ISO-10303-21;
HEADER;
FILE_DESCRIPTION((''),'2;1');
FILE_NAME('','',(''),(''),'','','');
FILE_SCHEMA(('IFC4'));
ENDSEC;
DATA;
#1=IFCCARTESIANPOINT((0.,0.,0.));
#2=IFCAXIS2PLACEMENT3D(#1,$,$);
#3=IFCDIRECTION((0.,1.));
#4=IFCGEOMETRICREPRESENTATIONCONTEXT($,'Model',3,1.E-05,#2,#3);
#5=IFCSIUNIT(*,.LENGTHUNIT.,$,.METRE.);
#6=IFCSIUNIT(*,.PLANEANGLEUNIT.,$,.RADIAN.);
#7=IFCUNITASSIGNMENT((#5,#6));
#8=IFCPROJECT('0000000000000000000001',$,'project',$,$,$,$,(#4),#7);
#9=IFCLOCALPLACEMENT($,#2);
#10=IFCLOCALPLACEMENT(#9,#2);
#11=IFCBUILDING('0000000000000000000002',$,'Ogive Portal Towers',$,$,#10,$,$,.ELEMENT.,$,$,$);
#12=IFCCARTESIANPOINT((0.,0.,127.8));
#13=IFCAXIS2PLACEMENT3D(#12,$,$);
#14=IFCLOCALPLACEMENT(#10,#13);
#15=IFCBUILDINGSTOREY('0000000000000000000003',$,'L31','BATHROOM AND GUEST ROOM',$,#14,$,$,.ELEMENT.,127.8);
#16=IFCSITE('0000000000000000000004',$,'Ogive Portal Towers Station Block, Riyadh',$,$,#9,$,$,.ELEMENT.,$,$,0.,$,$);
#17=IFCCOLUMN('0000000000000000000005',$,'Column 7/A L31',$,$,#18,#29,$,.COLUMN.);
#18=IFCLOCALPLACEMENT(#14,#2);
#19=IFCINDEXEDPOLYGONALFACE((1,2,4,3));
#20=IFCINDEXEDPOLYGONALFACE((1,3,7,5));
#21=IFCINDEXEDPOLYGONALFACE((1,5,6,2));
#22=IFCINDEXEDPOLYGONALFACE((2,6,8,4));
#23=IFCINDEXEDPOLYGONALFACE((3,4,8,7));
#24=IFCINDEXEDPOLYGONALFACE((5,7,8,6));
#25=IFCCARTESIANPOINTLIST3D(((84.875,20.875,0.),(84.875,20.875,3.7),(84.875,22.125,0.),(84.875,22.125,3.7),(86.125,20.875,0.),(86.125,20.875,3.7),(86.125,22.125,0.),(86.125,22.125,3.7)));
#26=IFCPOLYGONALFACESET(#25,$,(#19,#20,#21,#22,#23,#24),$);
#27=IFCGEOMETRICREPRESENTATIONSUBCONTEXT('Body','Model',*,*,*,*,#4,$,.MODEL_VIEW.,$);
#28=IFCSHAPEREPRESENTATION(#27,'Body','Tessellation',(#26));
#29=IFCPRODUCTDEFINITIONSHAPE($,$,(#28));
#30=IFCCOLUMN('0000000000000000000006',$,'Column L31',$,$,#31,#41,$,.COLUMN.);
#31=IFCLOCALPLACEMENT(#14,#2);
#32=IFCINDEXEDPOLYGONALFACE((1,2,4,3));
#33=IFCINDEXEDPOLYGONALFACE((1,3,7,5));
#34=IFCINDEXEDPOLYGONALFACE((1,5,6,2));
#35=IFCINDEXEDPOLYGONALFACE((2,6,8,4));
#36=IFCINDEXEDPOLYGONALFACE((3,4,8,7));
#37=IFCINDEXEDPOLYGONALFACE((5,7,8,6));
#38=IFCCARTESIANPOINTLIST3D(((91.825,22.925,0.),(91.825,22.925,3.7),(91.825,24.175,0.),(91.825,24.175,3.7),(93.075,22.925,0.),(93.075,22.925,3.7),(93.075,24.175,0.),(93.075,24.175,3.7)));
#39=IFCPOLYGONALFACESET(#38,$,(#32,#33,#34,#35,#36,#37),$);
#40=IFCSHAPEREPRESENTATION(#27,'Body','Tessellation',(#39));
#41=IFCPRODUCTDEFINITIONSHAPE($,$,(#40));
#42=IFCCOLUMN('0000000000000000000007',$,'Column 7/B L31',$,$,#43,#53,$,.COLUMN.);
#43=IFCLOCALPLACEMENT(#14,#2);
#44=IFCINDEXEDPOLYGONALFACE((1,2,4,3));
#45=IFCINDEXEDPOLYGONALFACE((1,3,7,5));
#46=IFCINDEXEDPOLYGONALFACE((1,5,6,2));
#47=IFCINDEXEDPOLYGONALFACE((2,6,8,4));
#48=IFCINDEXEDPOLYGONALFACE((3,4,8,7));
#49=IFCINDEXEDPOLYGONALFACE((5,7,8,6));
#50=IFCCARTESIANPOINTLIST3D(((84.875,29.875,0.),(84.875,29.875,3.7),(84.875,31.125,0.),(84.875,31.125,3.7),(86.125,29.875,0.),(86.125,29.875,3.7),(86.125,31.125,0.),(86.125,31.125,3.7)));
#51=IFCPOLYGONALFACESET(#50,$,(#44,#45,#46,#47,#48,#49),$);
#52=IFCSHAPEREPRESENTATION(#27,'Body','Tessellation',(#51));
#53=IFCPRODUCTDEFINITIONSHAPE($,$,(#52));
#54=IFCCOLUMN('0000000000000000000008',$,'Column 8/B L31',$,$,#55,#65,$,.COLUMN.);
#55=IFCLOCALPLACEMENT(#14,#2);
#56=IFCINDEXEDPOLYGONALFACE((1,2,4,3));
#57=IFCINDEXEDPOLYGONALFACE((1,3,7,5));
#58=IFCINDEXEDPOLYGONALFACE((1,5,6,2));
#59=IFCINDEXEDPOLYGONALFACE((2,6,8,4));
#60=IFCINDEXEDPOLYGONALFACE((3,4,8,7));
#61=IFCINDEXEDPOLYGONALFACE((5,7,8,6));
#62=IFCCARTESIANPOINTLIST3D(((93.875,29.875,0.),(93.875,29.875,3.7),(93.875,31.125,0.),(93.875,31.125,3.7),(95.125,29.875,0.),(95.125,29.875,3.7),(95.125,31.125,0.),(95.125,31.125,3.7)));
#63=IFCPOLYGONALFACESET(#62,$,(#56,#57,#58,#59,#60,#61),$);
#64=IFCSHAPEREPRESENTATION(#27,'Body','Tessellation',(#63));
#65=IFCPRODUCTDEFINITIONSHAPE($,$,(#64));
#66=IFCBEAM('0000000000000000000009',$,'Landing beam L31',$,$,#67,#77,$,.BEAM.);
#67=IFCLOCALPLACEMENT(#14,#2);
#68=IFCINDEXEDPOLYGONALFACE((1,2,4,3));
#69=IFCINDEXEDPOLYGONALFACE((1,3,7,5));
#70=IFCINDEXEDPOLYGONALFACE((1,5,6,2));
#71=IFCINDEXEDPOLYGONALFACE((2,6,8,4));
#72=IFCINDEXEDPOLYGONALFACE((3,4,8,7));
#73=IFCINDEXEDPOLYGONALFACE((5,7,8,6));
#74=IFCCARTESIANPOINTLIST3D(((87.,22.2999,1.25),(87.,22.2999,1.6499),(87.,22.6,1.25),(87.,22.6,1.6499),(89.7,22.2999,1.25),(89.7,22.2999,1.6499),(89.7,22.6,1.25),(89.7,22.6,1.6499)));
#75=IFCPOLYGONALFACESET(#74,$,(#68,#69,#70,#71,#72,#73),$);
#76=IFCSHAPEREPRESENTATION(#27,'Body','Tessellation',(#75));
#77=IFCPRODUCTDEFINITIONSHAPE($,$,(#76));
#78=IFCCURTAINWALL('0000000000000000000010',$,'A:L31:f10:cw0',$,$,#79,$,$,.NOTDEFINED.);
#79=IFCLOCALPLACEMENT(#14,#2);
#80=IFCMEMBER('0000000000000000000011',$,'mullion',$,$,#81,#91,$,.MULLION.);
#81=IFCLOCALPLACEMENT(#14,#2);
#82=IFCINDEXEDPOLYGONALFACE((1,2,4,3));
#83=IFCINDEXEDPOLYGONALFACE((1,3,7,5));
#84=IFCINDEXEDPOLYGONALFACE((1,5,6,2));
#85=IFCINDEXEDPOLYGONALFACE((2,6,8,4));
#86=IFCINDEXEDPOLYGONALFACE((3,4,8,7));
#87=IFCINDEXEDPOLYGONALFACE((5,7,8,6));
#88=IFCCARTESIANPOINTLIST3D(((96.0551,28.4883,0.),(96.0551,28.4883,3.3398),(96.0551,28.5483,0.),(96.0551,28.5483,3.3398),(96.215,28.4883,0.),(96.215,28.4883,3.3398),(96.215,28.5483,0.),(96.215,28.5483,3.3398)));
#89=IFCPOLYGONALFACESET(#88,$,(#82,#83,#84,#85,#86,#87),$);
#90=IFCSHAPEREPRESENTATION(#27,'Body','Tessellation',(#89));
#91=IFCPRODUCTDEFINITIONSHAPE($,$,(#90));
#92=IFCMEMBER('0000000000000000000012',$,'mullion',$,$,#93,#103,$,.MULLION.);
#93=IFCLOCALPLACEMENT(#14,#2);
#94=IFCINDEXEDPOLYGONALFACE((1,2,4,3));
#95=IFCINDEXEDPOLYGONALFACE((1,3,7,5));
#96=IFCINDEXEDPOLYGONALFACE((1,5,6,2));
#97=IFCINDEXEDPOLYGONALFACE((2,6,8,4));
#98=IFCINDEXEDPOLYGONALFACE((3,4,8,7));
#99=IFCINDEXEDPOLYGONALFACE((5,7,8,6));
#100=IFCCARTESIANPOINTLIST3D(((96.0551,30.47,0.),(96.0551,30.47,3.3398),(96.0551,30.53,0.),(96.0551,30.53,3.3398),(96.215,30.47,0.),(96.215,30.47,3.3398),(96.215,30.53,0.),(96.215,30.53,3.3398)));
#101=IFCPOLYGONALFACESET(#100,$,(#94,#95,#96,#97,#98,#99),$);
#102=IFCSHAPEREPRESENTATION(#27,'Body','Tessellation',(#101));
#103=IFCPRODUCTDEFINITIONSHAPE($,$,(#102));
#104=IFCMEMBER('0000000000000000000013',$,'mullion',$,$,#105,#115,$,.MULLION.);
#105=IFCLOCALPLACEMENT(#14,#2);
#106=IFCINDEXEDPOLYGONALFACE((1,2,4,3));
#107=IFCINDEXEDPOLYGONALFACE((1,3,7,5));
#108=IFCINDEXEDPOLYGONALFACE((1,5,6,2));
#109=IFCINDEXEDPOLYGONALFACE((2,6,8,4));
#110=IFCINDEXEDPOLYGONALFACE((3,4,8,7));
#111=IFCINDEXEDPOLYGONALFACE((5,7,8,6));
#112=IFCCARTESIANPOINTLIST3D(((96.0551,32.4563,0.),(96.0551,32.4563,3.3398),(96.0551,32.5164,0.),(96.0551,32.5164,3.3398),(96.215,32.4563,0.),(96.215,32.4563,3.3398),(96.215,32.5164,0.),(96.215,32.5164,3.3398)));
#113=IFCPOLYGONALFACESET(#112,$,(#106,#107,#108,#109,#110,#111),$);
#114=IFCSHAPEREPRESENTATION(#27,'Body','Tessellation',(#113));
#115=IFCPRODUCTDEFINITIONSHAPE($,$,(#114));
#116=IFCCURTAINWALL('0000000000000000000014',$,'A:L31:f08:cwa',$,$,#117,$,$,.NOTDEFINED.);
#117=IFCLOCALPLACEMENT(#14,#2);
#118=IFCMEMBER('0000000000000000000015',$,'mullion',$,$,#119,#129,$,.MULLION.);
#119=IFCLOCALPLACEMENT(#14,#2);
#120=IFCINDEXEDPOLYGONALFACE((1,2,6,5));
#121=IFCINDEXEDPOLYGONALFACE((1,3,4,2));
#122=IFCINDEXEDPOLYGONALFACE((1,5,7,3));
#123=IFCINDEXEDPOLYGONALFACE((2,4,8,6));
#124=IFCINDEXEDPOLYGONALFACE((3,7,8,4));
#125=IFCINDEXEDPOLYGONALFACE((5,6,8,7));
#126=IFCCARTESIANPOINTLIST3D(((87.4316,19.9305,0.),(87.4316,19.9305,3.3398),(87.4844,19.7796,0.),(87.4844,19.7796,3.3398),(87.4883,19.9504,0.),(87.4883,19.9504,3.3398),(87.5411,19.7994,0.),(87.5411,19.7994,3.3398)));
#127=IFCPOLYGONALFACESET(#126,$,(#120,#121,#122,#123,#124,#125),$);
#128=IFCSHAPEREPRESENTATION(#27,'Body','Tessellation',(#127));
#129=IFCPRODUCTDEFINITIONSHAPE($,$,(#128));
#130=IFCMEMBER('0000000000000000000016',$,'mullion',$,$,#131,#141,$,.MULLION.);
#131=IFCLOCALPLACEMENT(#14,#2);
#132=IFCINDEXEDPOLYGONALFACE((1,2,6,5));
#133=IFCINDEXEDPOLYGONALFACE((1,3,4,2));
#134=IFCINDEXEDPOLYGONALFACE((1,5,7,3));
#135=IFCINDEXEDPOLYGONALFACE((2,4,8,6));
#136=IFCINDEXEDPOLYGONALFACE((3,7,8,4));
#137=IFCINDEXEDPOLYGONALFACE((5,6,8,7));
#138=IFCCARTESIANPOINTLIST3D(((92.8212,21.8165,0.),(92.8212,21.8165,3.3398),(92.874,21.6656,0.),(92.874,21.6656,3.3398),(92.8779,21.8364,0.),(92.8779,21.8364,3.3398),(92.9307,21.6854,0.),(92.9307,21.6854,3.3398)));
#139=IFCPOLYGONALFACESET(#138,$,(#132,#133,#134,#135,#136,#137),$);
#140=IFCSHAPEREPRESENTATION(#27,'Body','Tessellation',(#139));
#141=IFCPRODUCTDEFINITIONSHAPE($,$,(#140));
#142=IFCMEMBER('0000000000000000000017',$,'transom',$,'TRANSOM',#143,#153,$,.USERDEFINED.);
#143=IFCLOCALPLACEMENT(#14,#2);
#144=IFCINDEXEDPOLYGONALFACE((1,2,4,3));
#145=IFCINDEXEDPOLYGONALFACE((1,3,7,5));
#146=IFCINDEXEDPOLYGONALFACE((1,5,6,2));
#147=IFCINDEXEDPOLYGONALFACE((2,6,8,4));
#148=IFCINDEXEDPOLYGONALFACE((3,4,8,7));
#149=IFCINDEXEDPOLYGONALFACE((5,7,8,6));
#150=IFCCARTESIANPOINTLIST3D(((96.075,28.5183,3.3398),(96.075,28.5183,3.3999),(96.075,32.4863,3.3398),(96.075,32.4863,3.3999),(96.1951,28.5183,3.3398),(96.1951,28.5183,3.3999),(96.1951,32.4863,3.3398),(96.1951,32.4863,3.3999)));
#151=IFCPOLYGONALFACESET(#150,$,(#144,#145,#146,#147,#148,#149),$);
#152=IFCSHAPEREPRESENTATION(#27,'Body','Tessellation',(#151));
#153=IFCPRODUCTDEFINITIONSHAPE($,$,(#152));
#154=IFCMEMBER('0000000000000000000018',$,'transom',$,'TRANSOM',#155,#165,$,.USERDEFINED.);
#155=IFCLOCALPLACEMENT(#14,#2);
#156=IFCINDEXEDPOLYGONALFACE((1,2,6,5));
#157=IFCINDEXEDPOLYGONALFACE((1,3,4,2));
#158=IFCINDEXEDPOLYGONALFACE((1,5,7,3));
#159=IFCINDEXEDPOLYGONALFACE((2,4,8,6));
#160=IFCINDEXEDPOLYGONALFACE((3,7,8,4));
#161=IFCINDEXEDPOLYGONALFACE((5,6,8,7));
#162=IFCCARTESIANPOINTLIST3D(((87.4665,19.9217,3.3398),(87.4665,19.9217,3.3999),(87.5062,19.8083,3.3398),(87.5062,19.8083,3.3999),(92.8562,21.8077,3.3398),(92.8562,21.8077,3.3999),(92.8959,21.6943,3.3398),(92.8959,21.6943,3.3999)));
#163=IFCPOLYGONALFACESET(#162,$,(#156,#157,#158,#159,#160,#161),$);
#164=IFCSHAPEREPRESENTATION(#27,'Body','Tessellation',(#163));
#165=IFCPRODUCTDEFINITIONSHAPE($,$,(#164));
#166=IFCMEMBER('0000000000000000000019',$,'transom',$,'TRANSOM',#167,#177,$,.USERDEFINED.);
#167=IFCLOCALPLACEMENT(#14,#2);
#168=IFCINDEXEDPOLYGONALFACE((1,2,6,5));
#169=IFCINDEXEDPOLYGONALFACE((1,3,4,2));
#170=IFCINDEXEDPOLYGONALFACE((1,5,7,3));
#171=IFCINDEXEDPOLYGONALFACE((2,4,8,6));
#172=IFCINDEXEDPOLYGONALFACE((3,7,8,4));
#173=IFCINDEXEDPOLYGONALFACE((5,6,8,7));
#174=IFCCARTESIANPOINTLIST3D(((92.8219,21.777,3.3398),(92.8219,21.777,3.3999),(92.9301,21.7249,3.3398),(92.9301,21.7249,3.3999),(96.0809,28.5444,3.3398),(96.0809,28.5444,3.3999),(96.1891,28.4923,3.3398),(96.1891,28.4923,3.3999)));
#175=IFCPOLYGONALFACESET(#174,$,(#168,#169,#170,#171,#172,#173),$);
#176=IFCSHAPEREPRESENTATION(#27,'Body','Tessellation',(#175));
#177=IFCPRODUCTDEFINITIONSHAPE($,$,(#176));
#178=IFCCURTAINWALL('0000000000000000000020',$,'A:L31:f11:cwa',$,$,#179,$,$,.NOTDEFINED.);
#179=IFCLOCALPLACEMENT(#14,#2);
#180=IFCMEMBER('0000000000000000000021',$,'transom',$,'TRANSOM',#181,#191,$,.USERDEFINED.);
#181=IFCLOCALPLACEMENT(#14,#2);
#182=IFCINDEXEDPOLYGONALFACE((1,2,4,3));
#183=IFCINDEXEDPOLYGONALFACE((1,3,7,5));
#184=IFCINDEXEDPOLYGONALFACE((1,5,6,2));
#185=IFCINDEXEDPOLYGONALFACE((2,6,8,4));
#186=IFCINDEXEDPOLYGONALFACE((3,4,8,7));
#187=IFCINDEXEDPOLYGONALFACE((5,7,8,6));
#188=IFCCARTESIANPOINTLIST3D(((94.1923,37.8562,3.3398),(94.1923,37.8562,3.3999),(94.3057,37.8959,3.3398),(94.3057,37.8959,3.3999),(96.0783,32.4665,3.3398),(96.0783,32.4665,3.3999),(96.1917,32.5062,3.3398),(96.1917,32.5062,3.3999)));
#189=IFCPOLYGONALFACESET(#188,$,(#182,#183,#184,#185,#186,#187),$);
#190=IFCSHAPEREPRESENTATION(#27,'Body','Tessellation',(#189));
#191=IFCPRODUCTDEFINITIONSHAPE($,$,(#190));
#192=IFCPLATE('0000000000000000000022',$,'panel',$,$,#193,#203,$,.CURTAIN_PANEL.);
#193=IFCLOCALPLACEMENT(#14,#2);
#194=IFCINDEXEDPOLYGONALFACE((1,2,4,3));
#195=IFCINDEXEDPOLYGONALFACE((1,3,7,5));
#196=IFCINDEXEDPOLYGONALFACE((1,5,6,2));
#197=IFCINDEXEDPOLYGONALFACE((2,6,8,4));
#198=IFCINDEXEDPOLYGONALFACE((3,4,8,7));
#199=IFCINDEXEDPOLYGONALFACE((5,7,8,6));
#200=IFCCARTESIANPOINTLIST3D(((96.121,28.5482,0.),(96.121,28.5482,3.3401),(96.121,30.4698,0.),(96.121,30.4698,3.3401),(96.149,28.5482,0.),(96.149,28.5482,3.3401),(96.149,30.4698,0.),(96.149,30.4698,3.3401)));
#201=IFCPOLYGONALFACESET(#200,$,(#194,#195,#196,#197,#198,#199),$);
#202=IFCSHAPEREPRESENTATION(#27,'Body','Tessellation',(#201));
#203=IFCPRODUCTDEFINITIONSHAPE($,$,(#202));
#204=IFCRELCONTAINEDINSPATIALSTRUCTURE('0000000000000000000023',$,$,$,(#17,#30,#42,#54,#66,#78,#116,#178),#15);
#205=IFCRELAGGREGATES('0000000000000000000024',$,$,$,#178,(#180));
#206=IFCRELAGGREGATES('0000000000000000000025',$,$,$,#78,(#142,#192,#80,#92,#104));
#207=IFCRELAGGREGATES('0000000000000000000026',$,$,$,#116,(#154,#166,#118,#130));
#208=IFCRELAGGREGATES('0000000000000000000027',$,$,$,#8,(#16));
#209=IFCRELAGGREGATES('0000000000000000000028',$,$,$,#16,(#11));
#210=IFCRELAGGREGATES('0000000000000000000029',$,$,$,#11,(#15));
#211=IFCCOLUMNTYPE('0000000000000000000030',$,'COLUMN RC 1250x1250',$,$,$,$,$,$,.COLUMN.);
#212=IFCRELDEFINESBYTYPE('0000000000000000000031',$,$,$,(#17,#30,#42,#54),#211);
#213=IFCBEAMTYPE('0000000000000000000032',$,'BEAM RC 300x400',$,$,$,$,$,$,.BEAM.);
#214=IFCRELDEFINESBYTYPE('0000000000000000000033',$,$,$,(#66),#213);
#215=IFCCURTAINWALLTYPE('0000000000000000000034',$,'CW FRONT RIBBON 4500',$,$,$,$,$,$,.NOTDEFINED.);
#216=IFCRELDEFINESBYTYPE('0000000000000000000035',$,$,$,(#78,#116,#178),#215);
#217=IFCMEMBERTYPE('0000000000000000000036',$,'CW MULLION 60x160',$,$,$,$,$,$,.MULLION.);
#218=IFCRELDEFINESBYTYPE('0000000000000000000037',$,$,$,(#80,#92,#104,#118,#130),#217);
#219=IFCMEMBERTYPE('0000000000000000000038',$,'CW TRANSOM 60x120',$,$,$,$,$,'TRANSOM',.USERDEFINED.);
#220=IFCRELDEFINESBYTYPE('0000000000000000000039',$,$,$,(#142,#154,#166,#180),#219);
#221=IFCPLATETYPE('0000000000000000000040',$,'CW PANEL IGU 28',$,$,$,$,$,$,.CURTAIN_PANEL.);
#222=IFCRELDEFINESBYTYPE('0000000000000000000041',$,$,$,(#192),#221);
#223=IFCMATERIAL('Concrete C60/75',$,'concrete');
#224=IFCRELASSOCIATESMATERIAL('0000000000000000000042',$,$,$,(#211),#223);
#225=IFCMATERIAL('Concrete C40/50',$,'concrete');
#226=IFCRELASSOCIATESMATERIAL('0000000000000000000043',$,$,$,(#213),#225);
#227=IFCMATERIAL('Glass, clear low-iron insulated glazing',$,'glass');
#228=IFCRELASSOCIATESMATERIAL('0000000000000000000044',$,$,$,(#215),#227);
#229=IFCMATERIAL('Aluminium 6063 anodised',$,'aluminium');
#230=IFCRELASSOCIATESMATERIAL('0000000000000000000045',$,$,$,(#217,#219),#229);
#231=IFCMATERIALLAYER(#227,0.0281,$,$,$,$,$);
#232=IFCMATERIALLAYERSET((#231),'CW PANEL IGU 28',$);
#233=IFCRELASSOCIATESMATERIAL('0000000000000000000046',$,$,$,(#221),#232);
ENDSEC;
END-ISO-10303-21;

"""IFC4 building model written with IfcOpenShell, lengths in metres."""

from ifc_helpers import new_model, si_unit, direction, frame, origin, origin_2d, place, context, subcontext, project, spatial, rectangle, extrude, material, layer, layer_set, material_profile, profile_set, type_object, element, aggregate, save


model = new_model("IFC4")

# Units and contexts
model_context = context("Model", 3, precision=1e-05, world=origin(), true_north=direction((0.0, 1.0)))
body_context = subcontext(model_context, "Body", "Model", "MODEL_VIEW")
ifc_project = project(units=[si_unit("LENGTHUNIT", "METRE"), si_unit("PLANEANGLEUNIT", "RADIAN")], contexts=[model_context])

# Site, building, storey
site_placement = place(None, origin())
site = spatial("IfcSite", under=ifc_project, at=site_placement, Name="Ogive Portal Towers Station Block, Riyadh", CompositionType="ELEMENT", RefElevation=0.0)
building_placement = place(site_placement, origin())
building = spatial("IfcBuilding", under=site, at=building_placement, Name="Ogive Portal Towers", CompositionType="ELEMENT")
storey_placement = place(building_placement, frame((0.0, 0.0, 127.8)))
storey = spatial("IfcBuildingStorey", under=building, at=storey_placement, Name="L31", Description="BATHROOM AND GUEST ROOM", CompositionType="ELEMENT", Elevation=127.8)

# Columns
ifc_material_1 = material(Name="Concrete C60/75", Category="concrete")
ifc_material_profile_1 = material_profile(ifc_material_1, rectangle(XDim=1.25, YDim=1.25, at=origin_2d()), Name="RC 1250x1250")
ifc_profile_set_1 = profile_set([ifc_material_profile_1], Name="Concrete C60/75")
column_type = type_object("IfcColumnType", Name="COLUMN RC 1250x1250", PredefinedType="COLUMN", material=ifc_profile_set_1)
for number, where, z_axis, x_axis, name in (
    (1, (85.5, 21.5, 0.0), (0.0, 0.0, 1.0), (1.0, 0.0, 0.0), "Column 7/A L31"),
    (2, (92.45, 23.55, 0.0), (0.0, 0.0, 1.0), (1.0, 0.0, 0.0), "Column L31"),
    (3, (85.5, 30.5, 0.0), (0.0, 0.0, 1.0), (1.0, 0.0, 0.0), "Column 7/B L31"),
    (4, (94.5, 30.5, 0.0), (0.0, 0.0, 1.0), (1.0, 0.0, 0.0), "Column 8/B L31"),
):
    element("IfcColumn", number, at=place(storey_placement, frame(where, z_axis=z_axis, x_axis=x_axis)), inside=storey, type_object=column_type, Name=name, PredefinedType="COLUMN", context=body_context, shape_type="SweptSolid", body=[
        extrude(rectangle(XDim=1.25, YDim=1.25, at=origin_2d()), origin(), (0.0, 0.0, 1.0), 3.7),
    ])

# Beam
ifc_material_2 = material(Name="Concrete C40/50", Category="concrete")
ifc_material_profile_2 = material_profile(ifc_material_2, rectangle(XDim=0.3, YDim=0.3999, at=origin_2d()), Name="RC 300x400")
ifc_profile_set_2 = profile_set([ifc_material_profile_2], Name="Concrete C40/50")
beam_type = type_object("IfcBeamType", Name="BEAM RC 300x400", PredefinedType="BEAM", material=ifc_profile_set_2)
beam_placement = place(storey_placement, frame((87.0, 22.45, 1.45), z_axis=(1.0, 0.0, 0.0), x_axis=(0.0, 1.0, 0.0)))
element("IfcBeam", 5, at=beam_placement, inside=storey, type_object=beam_type, Name="Landing beam L31", PredefinedType="BEAM", context=body_context, shape_type="SweptSolid", body=[
    extrude(rectangle(XDim=0.3, YDim=0.3999, at=origin_2d()), origin(), (0.0, 0.0, 1.0), 2.7),
])

# Curtain walls, members
ifc_material_3 = material(Name="Glass, clear low-iron insulated glazing", Category="glass")
curtain_wall_type = type_object("IfcCurtainWallType", Name="CW FRONT RIBBON 4500", PredefinedType="NOTDEFINED", material=ifc_material_3)
curtain_wall_1_placement = place(storey_placement, origin())
curtain_wall_1 = element("IfcCurtainWall", 6, at=curtain_wall_1_placement, inside=storey, type_object=curtain_wall_type, Name="A:L31:f10:cw0", PredefinedType="NOTDEFINED")
ifc_material_4 = material(Name="Aluminium 6063 anodised", Category="aluminium")
ifc_material_profile_3 = material_profile(ifc_material_4, rectangle(XDim=0.1599, YDim=0.0601, at=origin_2d()), Name="AL 60x160")
ifc_profile_set_3 = profile_set([ifc_material_profile_3], Name="Aluminium 6063 anodised")
member_type_1 = type_object("IfcMemberType", Name="CW MULLION 60x160", PredefinedType="MULLION", material=ifc_profile_set_3)
member_1_placement = place(storey_placement, frame((96.135, 28.5183, 0.0), z_axis=(0.0, 0.0, 1.0), x_axis=(-1.0, 0.0, 0.0)))
member_1 = element("IfcMember", 7, at=member_1_placement, type_object=member_type_1, Name="mullion", PredefinedType="MULLION", context=body_context, shape_type="SweptSolid", body=[
    extrude(rectangle(XDim=0.1599, YDim=0.0601, at=origin_2d()), origin(), (0.0, 0.0, 1.0), 3.3398),
])
member_2_placement = place(storey_placement, frame((96.135, 30.5, 0.0), z_axis=(0.0, 0.0, 1.0), x_axis=(-1.0, 0.0, 0.0)))
member_2 = element("IfcMember", 8, at=member_2_placement, type_object=member_type_1, Name="mullion", PredefinedType="MULLION", context=body_context, shape_type="SweptSolid", body=[
    extrude(rectangle(XDim=0.1599, YDim=0.0601, at=origin_2d()), origin(), (0.0, 0.0, 1.0), 3.3398),
])
member_3_placement = place(storey_placement, frame((96.135, 32.4863, 0.0), z_axis=(0.0, 0.0, 1.0), x_axis=(-1.0, 0.0, 0.0)))
member_3 = element("IfcMember", 9, at=member_3_placement, type_object=member_type_1, Name="mullion", PredefinedType="MULLION", context=body_context, shape_type="SweptSolid", body=[
    extrude(rectangle(XDim=0.1599, YDim=0.0601, at=origin_2d()), origin(), (0.0, 0.0, 1.0), 3.3398),
])
curtain_wall_2_placement = place(storey_placement, origin())
curtain_wall_2 = element("IfcCurtainWall", 10, at=curtain_wall_2_placement, inside=storey, type_object=curtain_wall_type, Name="A:L31:f08:cwa", PredefinedType="NOTDEFINED")
member_4_placement = place(storey_placement, frame((87.4863, 19.865, 0.0), z_axis=(0.0, 0.0, 1.0), x_axis=(-0.330279, 0.943883, 0.0)))
member_4 = element("IfcMember", 11, at=member_4_placement, type_object=member_type_1, Name="mullion", PredefinedType="MULLION", context=body_context, shape_type="SweptSolid", body=[
    extrude(rectangle(XDim=0.1599, YDim=0.0601, at=origin_2d()), origin(), (0.0, 0.0, 1.0), 3.3398),
])
member_5_placement = place(storey_placement, frame((92.876, 21.751, 0.0), z_axis=(0.0, 0.0, 1.0), x_axis=(-0.330279, 0.943883, 0.0)))
member_5 = element("IfcMember", 12, at=member_5_placement, type_object=member_type_1, Name="mullion", PredefinedType="MULLION", context=body_context, shape_type="SweptSolid", body=[
    extrude(rectangle(XDim=0.1599, YDim=0.0601, at=origin_2d()), origin(), (0.0, 0.0, 1.0), 3.3398),
])

# Members
ifc_material_profile_4 = material_profile(ifc_material_4, rectangle(XDim=0.1201, YDim=0.0601, at=origin_2d()), Name="AL 120x60")
ifc_profile_set_4 = profile_set([ifc_material_profile_4], Name="Aluminium 6063 anodised")
member_type_2 = type_object("IfcMemberType", Name="CW TRANSOM 60x120", ElementType="TRANSOM", PredefinedType="USERDEFINED", material=ifc_profile_set_4)
member_6_placement = place(storey_placement, frame((96.135, 28.5183, 3.3699), z_axis=(0.0, 1.0, 0.0), x_axis=(-1.0, 0.0, 0.0)))
member_6 = element("IfcMember", 13, at=member_6_placement, type_object=member_type_2, Name="transom", ObjectType="TRANSOM", PredefinedType="USERDEFINED", context=body_context, shape_type="SweptSolid", body=[
    extrude(rectangle(XDim=0.1201, YDim=0.0601, at=origin_2d()), origin(), (0.0, 0.0, 1.0), 3.968),
])
member_7_placement = place(storey_placement, frame((87.4863, 19.865, 3.3699), z_axis=(0.94388, 0.330289, 0.0), x_axis=(-0.330289, 0.94388, 0.0)))
member_7 = element("IfcMember", 14, at=member_7_placement, type_object=member_type_2, Name="transom", ObjectType="TRANSOM", PredefinedType="USERDEFINED", context=body_context, shape_type="SweptSolid", body=[
    extrude(rectangle(XDim=0.1201, YDim=0.0601, at=origin_2d()), origin(), (0.0, 0.0, 1.0), 5.7102),
])
member_8_placement = place(storey_placement, frame((92.876, 21.751, 3.3699), z_axis=(0.43389, 0.900966, 0.0), x_axis=(-0.900966, 0.43389, 0.0)))
member_8 = element("IfcMember", 15, at=member_8_placement, type_object=member_type_2, Name="transom", ObjectType="TRANSOM", PredefinedType="USERDEFINED", context=body_context, shape_type="SweptSolid", body=[
    extrude(rectangle(XDim=0.1201, YDim=0.0601, at=origin_2d()), origin(), (0.0, 0.0, 1.0), 7.5112),
])

# Curtain wall, member
curtain_wall_3_placement = place(storey_placement, origin())
curtain_wall_3 = element("IfcCurtainWall", 16, at=curtain_wall_3_placement, inside=storey, type_object=curtain_wall_type, Name="A:L31:f11:cwa", PredefinedType="NOTDEFINED")
member_9_placement = place(storey_placement, frame((96.135, 32.4863, 3.3699), z_axis=(-0.330289, 0.94388, 0.0), x_axis=(-0.94388, -0.330289, 0.0)))
member_9 = element("IfcMember", 17, at=member_9_placement, type_object=member_type_2, Name="transom", ObjectType="TRANSOM", PredefinedType="USERDEFINED", context=body_context, shape_type="SweptSolid", body=[
    extrude(rectangle(XDim=0.1201, YDim=0.0601, at=origin_2d()), origin(), (0.0, 0.0, 1.0), 5.7102),
])
aggregate(curtain_wall_3, [member_9])

# Plate
ifc_layer_1 = layer(ifc_material_3, 0.0281)
ifc_layer_set_1 = layer_set([ifc_layer_1], Name="CW PANEL IGU 28")
plate_type = type_object("IfcPlateType", Name="CW PANEL IGU 28", PredefinedType="CURTAIN_PANEL", material=ifc_layer_set_1)
plate_1_placement = place(storey_placement, frame((96.135, 29.509, 0.0), z_axis=(0.0, 0.0, 1.0), x_axis=(0.0, 1.0, 0.0)))
plate_1 = element("IfcPlate", 18, at=plate_1_placement, type_object=plate_type, Name="panel", PredefinedType="CURTAIN_PANEL", context=body_context, shape_type="SweptSolid", body=[
    extrude(rectangle(XDim=1.9216, YDim=0.0281, at=origin_2d()), origin(), (0.0, 0.0, 1.0), 3.3401),
])
aggregate(curtain_wall_1, [member_6, plate_1, member_1, member_2, member_3])
aggregate(curtain_wall_2, [member_7, member_8, member_4, member_5])

save(model, "model.ifc")
